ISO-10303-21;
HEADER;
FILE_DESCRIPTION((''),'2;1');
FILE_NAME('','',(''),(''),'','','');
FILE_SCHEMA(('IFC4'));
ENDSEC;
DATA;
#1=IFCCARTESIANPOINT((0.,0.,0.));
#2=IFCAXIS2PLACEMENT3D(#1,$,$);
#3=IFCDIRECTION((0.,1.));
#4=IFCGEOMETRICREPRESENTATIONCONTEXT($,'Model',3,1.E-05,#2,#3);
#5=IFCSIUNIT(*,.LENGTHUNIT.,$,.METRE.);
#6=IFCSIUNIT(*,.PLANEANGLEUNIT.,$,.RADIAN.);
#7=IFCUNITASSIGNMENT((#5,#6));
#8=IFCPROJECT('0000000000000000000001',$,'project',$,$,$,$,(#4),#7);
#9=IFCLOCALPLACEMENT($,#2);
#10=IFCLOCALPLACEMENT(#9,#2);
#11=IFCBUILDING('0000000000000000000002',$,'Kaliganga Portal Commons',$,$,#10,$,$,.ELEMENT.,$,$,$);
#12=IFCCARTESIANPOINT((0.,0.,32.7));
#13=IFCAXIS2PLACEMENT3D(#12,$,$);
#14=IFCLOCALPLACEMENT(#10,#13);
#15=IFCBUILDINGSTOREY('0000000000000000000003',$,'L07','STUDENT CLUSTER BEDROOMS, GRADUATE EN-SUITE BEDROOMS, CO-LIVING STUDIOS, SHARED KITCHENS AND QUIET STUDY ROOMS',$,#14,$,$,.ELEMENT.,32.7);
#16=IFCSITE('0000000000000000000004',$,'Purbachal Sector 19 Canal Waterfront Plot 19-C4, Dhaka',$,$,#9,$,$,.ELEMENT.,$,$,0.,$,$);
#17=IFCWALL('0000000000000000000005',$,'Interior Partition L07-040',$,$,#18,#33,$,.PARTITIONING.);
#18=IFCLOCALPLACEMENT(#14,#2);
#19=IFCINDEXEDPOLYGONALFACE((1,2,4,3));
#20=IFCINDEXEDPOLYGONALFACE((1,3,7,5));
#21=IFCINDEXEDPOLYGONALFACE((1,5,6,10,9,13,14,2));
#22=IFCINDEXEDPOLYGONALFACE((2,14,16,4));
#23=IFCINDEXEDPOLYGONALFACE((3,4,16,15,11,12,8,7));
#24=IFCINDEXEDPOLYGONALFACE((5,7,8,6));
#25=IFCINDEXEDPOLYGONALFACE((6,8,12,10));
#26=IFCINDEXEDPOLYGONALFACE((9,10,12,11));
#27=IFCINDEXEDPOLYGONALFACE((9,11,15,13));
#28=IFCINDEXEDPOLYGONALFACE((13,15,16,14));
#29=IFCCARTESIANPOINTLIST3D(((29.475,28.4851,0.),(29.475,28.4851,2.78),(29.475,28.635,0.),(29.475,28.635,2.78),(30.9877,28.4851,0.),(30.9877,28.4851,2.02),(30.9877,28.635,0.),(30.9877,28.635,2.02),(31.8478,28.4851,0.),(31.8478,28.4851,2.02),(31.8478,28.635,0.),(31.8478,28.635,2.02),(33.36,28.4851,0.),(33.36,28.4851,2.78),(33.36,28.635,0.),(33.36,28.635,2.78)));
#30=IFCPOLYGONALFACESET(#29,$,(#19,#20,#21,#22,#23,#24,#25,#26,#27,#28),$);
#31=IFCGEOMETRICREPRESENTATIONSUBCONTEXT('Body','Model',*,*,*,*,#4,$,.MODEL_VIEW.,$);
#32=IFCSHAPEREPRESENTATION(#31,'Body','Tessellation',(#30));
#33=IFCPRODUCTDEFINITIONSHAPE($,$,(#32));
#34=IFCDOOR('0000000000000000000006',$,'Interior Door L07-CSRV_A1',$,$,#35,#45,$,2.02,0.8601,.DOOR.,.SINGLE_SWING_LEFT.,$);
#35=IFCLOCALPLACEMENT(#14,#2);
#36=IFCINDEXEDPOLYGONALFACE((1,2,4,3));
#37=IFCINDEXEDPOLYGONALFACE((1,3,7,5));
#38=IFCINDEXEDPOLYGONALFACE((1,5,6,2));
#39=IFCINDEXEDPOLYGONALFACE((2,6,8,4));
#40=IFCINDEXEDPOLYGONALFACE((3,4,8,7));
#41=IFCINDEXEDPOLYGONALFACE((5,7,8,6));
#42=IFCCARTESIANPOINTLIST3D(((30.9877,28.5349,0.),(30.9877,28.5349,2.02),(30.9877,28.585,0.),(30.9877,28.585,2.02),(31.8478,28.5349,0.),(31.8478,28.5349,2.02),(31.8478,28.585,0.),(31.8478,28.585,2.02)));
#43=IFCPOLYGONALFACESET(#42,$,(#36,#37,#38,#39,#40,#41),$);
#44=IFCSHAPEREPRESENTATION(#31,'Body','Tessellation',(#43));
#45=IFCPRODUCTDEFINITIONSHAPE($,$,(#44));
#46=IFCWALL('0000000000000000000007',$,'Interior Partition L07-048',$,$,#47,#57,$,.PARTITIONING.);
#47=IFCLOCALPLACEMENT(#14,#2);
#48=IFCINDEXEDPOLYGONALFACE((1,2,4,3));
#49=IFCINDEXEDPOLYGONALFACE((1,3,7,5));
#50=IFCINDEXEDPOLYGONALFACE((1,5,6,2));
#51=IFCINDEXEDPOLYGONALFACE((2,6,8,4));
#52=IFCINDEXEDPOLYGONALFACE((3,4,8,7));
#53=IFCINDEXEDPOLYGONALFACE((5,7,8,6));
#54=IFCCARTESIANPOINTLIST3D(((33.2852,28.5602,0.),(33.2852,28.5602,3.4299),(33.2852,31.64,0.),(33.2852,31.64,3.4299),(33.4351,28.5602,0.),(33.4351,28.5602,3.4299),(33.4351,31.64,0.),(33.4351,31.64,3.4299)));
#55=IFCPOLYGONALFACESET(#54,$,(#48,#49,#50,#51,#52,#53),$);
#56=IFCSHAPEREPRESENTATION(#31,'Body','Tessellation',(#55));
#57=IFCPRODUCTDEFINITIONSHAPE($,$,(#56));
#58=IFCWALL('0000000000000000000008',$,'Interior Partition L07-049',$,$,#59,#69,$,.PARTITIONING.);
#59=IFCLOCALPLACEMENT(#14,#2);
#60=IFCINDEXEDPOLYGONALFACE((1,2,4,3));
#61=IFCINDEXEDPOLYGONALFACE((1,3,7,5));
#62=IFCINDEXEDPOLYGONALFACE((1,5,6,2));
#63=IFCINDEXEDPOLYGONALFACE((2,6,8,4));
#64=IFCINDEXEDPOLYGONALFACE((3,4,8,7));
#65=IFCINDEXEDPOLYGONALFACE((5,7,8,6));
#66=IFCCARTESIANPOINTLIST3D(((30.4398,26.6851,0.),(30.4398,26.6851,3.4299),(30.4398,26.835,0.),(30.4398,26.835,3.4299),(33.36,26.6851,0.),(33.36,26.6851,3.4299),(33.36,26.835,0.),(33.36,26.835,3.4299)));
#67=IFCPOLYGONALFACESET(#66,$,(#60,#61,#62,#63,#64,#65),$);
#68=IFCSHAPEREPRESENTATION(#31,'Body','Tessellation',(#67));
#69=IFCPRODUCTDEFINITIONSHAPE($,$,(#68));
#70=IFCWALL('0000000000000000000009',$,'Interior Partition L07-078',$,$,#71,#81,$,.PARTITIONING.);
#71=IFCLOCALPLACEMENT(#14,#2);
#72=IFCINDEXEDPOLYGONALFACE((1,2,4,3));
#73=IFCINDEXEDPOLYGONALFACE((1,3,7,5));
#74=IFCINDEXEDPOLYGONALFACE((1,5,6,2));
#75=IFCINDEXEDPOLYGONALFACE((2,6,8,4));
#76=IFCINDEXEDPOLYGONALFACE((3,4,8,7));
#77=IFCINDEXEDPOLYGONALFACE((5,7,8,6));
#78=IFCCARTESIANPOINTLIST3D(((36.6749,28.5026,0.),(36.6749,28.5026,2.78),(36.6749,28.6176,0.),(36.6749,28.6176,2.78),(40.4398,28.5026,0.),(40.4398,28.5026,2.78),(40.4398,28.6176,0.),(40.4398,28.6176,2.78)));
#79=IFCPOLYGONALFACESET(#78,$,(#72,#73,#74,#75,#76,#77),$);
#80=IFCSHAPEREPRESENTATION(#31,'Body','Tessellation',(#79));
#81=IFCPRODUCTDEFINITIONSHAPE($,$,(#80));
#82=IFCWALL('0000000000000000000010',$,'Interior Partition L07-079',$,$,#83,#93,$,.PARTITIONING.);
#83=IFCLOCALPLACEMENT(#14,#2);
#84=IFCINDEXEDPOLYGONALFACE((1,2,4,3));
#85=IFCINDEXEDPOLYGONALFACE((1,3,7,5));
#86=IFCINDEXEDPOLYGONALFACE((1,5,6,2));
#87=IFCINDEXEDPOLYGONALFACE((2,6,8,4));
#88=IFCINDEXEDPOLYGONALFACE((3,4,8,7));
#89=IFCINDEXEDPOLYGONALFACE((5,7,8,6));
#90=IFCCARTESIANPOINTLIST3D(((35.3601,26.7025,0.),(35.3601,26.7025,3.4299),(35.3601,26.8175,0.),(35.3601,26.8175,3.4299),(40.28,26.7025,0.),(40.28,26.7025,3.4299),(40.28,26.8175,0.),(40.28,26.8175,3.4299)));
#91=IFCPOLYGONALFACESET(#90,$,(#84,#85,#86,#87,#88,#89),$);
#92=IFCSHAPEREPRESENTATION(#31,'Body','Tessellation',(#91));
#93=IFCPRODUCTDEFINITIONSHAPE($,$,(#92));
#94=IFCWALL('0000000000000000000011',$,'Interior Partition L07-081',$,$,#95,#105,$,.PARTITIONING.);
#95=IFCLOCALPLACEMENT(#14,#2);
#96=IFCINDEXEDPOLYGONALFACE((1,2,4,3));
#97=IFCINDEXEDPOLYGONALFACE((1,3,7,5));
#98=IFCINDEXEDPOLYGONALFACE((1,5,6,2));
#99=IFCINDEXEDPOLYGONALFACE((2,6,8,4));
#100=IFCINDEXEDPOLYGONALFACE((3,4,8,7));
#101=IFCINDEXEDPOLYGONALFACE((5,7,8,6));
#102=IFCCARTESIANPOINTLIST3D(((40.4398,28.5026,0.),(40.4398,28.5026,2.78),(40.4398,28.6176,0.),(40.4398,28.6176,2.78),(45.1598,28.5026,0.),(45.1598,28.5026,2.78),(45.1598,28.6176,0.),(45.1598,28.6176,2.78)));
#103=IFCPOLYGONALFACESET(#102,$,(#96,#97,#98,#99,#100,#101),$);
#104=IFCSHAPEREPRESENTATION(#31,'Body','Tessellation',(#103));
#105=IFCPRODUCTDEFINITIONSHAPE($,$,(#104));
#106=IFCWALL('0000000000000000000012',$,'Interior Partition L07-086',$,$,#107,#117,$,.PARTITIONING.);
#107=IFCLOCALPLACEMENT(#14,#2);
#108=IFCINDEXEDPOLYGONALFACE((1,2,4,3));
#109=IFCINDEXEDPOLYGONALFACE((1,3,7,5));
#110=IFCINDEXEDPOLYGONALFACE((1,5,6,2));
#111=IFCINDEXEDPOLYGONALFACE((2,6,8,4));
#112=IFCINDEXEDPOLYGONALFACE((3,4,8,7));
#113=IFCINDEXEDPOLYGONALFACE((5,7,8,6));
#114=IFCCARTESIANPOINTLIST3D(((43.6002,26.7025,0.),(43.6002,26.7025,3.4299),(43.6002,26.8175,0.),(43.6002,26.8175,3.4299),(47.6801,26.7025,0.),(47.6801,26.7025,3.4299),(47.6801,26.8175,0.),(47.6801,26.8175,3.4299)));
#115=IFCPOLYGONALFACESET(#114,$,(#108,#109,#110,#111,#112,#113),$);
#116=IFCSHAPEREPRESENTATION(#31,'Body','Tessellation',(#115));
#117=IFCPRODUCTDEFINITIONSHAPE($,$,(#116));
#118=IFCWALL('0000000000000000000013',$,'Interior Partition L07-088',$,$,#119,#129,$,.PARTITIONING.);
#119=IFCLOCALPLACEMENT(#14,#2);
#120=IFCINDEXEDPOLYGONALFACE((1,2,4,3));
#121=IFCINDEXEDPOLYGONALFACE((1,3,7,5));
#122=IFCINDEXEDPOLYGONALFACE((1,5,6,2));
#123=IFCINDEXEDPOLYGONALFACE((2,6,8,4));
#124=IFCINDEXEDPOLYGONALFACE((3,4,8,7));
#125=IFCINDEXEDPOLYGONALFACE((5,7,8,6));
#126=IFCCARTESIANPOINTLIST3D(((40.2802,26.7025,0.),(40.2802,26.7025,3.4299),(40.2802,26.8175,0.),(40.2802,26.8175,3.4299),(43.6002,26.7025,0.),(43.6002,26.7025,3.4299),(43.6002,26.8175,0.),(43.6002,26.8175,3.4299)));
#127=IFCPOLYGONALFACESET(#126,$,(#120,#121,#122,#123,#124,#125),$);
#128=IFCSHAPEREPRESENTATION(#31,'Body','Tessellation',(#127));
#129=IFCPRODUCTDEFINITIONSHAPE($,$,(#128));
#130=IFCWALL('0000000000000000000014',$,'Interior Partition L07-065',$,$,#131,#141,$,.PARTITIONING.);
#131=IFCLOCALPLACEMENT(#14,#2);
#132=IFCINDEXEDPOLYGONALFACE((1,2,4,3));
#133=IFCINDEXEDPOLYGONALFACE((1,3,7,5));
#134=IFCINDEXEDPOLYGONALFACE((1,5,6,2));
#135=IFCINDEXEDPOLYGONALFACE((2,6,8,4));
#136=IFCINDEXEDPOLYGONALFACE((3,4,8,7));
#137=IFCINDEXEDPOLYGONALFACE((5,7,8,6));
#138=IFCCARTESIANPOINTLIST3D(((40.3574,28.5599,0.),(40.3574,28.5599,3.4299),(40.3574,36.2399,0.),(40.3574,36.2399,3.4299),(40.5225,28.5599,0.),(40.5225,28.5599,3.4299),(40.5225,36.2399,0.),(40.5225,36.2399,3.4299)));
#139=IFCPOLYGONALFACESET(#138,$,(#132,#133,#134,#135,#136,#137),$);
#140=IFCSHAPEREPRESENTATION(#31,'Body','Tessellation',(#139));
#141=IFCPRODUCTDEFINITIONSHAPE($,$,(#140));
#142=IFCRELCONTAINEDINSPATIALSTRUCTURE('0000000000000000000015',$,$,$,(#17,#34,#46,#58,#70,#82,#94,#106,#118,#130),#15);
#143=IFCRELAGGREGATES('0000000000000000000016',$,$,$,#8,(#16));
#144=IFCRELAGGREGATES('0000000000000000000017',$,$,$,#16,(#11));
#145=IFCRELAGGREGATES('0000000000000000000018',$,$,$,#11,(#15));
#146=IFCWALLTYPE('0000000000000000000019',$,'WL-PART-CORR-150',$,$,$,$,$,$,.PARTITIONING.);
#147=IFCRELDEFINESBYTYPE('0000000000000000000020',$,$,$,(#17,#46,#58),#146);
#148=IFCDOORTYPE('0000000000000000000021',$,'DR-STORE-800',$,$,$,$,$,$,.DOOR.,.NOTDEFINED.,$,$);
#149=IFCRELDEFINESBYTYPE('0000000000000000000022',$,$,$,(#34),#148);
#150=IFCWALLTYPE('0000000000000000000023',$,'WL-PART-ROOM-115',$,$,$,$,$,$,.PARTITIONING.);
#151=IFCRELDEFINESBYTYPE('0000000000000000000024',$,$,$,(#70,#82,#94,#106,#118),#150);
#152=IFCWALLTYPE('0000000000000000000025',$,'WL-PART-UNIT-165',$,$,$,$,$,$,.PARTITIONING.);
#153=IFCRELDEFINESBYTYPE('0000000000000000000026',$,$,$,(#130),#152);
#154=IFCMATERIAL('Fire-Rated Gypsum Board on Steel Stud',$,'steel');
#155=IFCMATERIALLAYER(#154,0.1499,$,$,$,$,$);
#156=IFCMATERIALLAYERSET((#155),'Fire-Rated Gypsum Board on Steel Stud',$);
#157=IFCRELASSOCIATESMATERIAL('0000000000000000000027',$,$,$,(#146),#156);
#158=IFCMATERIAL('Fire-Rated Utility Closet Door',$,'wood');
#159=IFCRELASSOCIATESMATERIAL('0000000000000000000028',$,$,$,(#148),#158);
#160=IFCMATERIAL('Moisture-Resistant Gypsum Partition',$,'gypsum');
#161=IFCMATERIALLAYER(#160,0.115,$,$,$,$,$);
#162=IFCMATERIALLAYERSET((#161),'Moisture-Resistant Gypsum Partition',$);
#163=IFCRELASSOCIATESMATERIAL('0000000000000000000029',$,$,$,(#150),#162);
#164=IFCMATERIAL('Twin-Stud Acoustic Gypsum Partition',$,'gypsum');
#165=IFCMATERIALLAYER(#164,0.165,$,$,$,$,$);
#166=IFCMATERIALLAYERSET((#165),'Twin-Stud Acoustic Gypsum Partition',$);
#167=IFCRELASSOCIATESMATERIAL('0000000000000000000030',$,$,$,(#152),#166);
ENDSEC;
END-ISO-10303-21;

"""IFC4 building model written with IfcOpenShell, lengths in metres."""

from ifc_helpers import new_model, si_unit, direction, frame, frame_2d, origin, place, context, subcontext, project, spatial, rectangle, extrude, material, layer, layer_set, type_object, element, fill, save


model = new_model("IFC4")

# Units and contexts
model_context = context("Model", 3, precision=1e-05, world=origin(), true_north=direction((0.0, 1.0)))
body_context = subcontext(model_context, "Body", "Model", "MODEL_VIEW")
ifc_project = project(units=[si_unit("LENGTHUNIT", "METRE"), si_unit("PLANEANGLEUNIT", "RADIAN")], contexts=[model_context])

# Site, building, storey
site_placement = place(None, origin())
site = spatial("IfcSite", under=ifc_project, at=site_placement, Name="Purbachal Sector 19 Canal Waterfront Plot 19-C4, Dhaka", CompositionType="ELEMENT", RefElevation=0.0)
building_placement = place(site_placement, origin())
building = spatial("IfcBuilding", under=site, at=building_placement, Name="Kaliganga Portal Commons", CompositionType="ELEMENT")
storey_placement = place(building_placement, frame((0.0, 0.0, 32.7)))
storey = spatial("IfcBuildingStorey", under=building, at=storey_placement, Name="L07", Description="STUDENT CLUSTER BEDROOMS, GRADUATE EN-SUITE BEDROOMS, CO-LIVING STUDIOS, SHARED KITCHENS AND QUIET STUDY ROOMS", CompositionType="ELEMENT", Elevation=32.7)

# Shared definitions
ifc_material_1 = material(Name="Fire-Rated Gypsum Board on Steel Stud", Category="steel")
ifc_layer_1 = layer(ifc_material_1, 0.1499)
ifc_layer_set_1 = layer_set([ifc_layer_1], Name="Fire-Rated Gypsum Board on Steel Stud")
wall_type_1 = type_object("IfcWallType", Name="WL-PART-CORR-150", PredefinedType="PARTITIONING", material=ifc_layer_set_1)

# Wall, opening, door
ifc_material_2 = material(Name="Fire-Rated Utility Closet Door", Category="wood")
door_type_1 = type_object("IfcDoorType", Name="DR-STORE-800", OperationType="NOTDEFINED", PredefinedType="DOOR", material=ifc_material_2)
wall_1_placement = place(storey_placement, frame((29.4751, 28.5601, 0.0), z_axis=(0.0, 0.0, 1.0), x_axis=(1.0, 0.0, 0.0)))
wall_1 = element("IfcWall", 1, at=wall_1_placement, inside=storey, type_object=wall_type_1, Name="Interior Partition L07-040", PredefinedType="PARTITIONING", context=body_context, shape_type="SweptSolid", body=[
    extrude(rectangle(XDim=3.885, YDim=0.1499, at=frame_2d((1.9424, 0.0))), origin(), (0.0, 0.0, 1.0), 2.78),
])
opening_1_placement = place(wall_1_placement, frame((1.5125, 0.0, 0.0)))
opening_1 = element("IfcOpeningElement", 2, at=opening_1_placement, cuts=wall_1, PredefinedType="OPENING", context=body_context, shape_type="SweptSolid", body=[
    extrude(rectangle(XDim=0.8601, YDim=2.02, at=frame_2d((0.4302, 1.01))), frame((0.0, 0.085, 0.0), z_axis=(0.0, -1.0, 0.0), x_axis=(1.0, 0.0, 0.0)), (0.0, 0.0, 1.0), 0.1699),
])
door_1_placement = place(opening_1_placement, origin())
door_1 = element("IfcDoor", 3, at=door_1_placement, inside=storey, type_object=door_type_1, Name="Interior Door L07-CSRV_A1", OperationType="SINGLE_SWING_LEFT", OverallHeight=2.02, OverallWidth=0.8601, PredefinedType="DOOR", context=body_context, shape_type="SweptSolid", body=[
    extrude(rectangle(XDim=0.8601, YDim=2.02, at=frame_2d((0.4302, 1.01))), frame((0.0, 0.0249, 0.0), z_axis=(0.0, -1.0, 0.0), x_axis=(1.0, 0.0, 0.0)), (0.0, 0.0, 1.0), 0.05),
])
fill(opening_1, door_1)

# Walls
wall_2_placement = place(storey_placement, frame((33.3601, 28.5601, 0.0), z_axis=(0.0, 0.0, 1.0), x_axis=(0.0, 1.0, 0.0)))
element("IfcWall", 4, at=wall_2_placement, inside=storey, type_object=wall_type_1, Name="Interior Partition L07-048", PredefinedType="PARTITIONING", context=body_context, shape_type="SweptSolid", body=[
    extrude(rectangle(XDim=3.0798, YDim=0.1499, at=frame_2d((1.54, 0.0))), origin(), (0.0, 0.0, 1.0), 3.4299),
])
wall_3_placement = place(storey_placement, frame((30.4399, 26.76, 0.0), z_axis=(0.0, 0.0, 1.0), x_axis=(1.0, 0.0, 0.0)))
element("IfcWall", 5, at=wall_3_placement, inside=storey, type_object=wall_type_1, Name="Interior Partition L07-049", PredefinedType="PARTITIONING", context=body_context, shape_type="SweptSolid", body=[
    extrude(rectangle(XDim=2.9202, YDim=0.1499, at=frame_2d((1.46, 0.0))), origin(), (0.0, 0.0, 1.0), 3.4299),
])
ifc_material_3 = material(Name="Moisture-Resistant Gypsum Partition", Category="gypsum")
ifc_layer_2 = layer(ifc_material_3, 0.115)
ifc_layer_set_2 = layer_set([ifc_layer_2], Name="Moisture-Resistant Gypsum Partition")
wall_type_2 = type_object("IfcWallType", Name="WL-PART-ROOM-115", PredefinedType="PARTITIONING", material=ifc_layer_set_2)
wall_4_placement = place(storey_placement, frame((36.675, 28.5601, 0.0), z_axis=(0.0, 0.0, 1.0), x_axis=(1.0, 0.0, 0.0)))
element("IfcWall", 6, at=wall_4_placement, inside=storey, type_object=wall_type_2, Name="Interior Partition L07-078", PredefinedType="PARTITIONING", context=body_context, shape_type="SweptSolid", body=[
    extrude(rectangle(XDim=3.7649, YDim=0.115, at=frame_2d((1.8823, 0.0))), origin(), (0.0, 0.0, 1.0), 2.78),
])
wall_5_placement = place(storey_placement, frame((35.3601, 26.76, 0.0), z_axis=(0.0, 0.0, 1.0), x_axis=(1.0, 0.0, 0.0)))
element("IfcWall", 7, at=wall_5_placement, inside=storey, type_object=wall_type_2, Name="Interior Partition L07-079", PredefinedType="PARTITIONING", context=body_context, shape_type="SweptSolid", body=[
    extrude(rectangle(XDim=4.9199, YDim=0.115, at=frame_2d((2.46, 0.0))), origin(), (0.0, 0.0, 1.0), 3.4299),
])
wall_6_placement = place(storey_placement, frame((40.4399, 28.5601, 0.0), z_axis=(0.0, 0.0, 1.0), x_axis=(1.0, 0.0, 0.0)))
element("IfcWall", 8, at=wall_6_placement, inside=storey, type_object=wall_type_2, Name="Interior Partition L07-081", PredefinedType="PARTITIONING", context=body_context, shape_type="SweptSolid", body=[
    extrude(rectangle(XDim=4.72, YDim=0.115, at=frame_2d((2.3599, 0.0))), origin(), (0.0, 0.0, 1.0), 2.78),
])
wall_7_placement = place(storey_placement, frame((43.6001, 26.76, 0.0), z_axis=(0.0, 0.0, 1.0), x_axis=(1.0, 0.0, 0.0)))
element("IfcWall", 9, at=wall_7_placement, inside=storey, type_object=wall_type_2, Name="Interior Partition L07-086", PredefinedType="PARTITIONING", context=body_context, shape_type="SweptSolid", body=[
    extrude(rectangle(XDim=4.0798, YDim=0.115, at=frame_2d((2.04, 0.0))), origin(), (0.0, 0.0, 1.0), 3.4299),
])
wall_8_placement = place(storey_placement, frame((40.28, 26.76, 0.0), z_axis=(0.0, 0.0, 1.0), x_axis=(1.0, 0.0, 0.0)))
element("IfcWall", 10, at=wall_8_placement, inside=storey, type_object=wall_type_2, Name="Interior Partition L07-088", PredefinedType="PARTITIONING", context=body_context, shape_type="SweptSolid", body=[
    extrude(rectangle(XDim=3.3201, YDim=0.115, at=frame_2d((1.6602, 0.0))), origin(), (0.0, 0.0, 1.0), 3.4299),
])
ifc_material_4 = material(Name="Twin-Stud Acoustic Gypsum Partition", Category="gypsum")
ifc_layer_3 = layer(ifc_material_4, 0.165)
ifc_layer_set_3 = layer_set([ifc_layer_3], Name="Twin-Stud Acoustic Gypsum Partition")
wall_type_3 = type_object("IfcWallType", Name="WL-PART-UNIT-165", PredefinedType="PARTITIONING", material=ifc_layer_set_3)
wall_9_placement = place(storey_placement, frame((40.4399, 28.5601, 0.0), z_axis=(0.0, 0.0, 1.0), x_axis=(0.0, 1.0, 0.0)))
element("IfcWall", 11, at=wall_9_placement, inside=storey, type_object=wall_type_3, Name="Interior Partition L07-065", PredefinedType="PARTITIONING", context=body_context, shape_type="SweptSolid", body=[
    extrude(rectangle(XDim=7.6799, YDim=0.165, at=frame_2d((3.8398, 0.0))), origin(), (0.0, 0.0, 1.0), 3.4299),
])

save(model, "model.ifc")
